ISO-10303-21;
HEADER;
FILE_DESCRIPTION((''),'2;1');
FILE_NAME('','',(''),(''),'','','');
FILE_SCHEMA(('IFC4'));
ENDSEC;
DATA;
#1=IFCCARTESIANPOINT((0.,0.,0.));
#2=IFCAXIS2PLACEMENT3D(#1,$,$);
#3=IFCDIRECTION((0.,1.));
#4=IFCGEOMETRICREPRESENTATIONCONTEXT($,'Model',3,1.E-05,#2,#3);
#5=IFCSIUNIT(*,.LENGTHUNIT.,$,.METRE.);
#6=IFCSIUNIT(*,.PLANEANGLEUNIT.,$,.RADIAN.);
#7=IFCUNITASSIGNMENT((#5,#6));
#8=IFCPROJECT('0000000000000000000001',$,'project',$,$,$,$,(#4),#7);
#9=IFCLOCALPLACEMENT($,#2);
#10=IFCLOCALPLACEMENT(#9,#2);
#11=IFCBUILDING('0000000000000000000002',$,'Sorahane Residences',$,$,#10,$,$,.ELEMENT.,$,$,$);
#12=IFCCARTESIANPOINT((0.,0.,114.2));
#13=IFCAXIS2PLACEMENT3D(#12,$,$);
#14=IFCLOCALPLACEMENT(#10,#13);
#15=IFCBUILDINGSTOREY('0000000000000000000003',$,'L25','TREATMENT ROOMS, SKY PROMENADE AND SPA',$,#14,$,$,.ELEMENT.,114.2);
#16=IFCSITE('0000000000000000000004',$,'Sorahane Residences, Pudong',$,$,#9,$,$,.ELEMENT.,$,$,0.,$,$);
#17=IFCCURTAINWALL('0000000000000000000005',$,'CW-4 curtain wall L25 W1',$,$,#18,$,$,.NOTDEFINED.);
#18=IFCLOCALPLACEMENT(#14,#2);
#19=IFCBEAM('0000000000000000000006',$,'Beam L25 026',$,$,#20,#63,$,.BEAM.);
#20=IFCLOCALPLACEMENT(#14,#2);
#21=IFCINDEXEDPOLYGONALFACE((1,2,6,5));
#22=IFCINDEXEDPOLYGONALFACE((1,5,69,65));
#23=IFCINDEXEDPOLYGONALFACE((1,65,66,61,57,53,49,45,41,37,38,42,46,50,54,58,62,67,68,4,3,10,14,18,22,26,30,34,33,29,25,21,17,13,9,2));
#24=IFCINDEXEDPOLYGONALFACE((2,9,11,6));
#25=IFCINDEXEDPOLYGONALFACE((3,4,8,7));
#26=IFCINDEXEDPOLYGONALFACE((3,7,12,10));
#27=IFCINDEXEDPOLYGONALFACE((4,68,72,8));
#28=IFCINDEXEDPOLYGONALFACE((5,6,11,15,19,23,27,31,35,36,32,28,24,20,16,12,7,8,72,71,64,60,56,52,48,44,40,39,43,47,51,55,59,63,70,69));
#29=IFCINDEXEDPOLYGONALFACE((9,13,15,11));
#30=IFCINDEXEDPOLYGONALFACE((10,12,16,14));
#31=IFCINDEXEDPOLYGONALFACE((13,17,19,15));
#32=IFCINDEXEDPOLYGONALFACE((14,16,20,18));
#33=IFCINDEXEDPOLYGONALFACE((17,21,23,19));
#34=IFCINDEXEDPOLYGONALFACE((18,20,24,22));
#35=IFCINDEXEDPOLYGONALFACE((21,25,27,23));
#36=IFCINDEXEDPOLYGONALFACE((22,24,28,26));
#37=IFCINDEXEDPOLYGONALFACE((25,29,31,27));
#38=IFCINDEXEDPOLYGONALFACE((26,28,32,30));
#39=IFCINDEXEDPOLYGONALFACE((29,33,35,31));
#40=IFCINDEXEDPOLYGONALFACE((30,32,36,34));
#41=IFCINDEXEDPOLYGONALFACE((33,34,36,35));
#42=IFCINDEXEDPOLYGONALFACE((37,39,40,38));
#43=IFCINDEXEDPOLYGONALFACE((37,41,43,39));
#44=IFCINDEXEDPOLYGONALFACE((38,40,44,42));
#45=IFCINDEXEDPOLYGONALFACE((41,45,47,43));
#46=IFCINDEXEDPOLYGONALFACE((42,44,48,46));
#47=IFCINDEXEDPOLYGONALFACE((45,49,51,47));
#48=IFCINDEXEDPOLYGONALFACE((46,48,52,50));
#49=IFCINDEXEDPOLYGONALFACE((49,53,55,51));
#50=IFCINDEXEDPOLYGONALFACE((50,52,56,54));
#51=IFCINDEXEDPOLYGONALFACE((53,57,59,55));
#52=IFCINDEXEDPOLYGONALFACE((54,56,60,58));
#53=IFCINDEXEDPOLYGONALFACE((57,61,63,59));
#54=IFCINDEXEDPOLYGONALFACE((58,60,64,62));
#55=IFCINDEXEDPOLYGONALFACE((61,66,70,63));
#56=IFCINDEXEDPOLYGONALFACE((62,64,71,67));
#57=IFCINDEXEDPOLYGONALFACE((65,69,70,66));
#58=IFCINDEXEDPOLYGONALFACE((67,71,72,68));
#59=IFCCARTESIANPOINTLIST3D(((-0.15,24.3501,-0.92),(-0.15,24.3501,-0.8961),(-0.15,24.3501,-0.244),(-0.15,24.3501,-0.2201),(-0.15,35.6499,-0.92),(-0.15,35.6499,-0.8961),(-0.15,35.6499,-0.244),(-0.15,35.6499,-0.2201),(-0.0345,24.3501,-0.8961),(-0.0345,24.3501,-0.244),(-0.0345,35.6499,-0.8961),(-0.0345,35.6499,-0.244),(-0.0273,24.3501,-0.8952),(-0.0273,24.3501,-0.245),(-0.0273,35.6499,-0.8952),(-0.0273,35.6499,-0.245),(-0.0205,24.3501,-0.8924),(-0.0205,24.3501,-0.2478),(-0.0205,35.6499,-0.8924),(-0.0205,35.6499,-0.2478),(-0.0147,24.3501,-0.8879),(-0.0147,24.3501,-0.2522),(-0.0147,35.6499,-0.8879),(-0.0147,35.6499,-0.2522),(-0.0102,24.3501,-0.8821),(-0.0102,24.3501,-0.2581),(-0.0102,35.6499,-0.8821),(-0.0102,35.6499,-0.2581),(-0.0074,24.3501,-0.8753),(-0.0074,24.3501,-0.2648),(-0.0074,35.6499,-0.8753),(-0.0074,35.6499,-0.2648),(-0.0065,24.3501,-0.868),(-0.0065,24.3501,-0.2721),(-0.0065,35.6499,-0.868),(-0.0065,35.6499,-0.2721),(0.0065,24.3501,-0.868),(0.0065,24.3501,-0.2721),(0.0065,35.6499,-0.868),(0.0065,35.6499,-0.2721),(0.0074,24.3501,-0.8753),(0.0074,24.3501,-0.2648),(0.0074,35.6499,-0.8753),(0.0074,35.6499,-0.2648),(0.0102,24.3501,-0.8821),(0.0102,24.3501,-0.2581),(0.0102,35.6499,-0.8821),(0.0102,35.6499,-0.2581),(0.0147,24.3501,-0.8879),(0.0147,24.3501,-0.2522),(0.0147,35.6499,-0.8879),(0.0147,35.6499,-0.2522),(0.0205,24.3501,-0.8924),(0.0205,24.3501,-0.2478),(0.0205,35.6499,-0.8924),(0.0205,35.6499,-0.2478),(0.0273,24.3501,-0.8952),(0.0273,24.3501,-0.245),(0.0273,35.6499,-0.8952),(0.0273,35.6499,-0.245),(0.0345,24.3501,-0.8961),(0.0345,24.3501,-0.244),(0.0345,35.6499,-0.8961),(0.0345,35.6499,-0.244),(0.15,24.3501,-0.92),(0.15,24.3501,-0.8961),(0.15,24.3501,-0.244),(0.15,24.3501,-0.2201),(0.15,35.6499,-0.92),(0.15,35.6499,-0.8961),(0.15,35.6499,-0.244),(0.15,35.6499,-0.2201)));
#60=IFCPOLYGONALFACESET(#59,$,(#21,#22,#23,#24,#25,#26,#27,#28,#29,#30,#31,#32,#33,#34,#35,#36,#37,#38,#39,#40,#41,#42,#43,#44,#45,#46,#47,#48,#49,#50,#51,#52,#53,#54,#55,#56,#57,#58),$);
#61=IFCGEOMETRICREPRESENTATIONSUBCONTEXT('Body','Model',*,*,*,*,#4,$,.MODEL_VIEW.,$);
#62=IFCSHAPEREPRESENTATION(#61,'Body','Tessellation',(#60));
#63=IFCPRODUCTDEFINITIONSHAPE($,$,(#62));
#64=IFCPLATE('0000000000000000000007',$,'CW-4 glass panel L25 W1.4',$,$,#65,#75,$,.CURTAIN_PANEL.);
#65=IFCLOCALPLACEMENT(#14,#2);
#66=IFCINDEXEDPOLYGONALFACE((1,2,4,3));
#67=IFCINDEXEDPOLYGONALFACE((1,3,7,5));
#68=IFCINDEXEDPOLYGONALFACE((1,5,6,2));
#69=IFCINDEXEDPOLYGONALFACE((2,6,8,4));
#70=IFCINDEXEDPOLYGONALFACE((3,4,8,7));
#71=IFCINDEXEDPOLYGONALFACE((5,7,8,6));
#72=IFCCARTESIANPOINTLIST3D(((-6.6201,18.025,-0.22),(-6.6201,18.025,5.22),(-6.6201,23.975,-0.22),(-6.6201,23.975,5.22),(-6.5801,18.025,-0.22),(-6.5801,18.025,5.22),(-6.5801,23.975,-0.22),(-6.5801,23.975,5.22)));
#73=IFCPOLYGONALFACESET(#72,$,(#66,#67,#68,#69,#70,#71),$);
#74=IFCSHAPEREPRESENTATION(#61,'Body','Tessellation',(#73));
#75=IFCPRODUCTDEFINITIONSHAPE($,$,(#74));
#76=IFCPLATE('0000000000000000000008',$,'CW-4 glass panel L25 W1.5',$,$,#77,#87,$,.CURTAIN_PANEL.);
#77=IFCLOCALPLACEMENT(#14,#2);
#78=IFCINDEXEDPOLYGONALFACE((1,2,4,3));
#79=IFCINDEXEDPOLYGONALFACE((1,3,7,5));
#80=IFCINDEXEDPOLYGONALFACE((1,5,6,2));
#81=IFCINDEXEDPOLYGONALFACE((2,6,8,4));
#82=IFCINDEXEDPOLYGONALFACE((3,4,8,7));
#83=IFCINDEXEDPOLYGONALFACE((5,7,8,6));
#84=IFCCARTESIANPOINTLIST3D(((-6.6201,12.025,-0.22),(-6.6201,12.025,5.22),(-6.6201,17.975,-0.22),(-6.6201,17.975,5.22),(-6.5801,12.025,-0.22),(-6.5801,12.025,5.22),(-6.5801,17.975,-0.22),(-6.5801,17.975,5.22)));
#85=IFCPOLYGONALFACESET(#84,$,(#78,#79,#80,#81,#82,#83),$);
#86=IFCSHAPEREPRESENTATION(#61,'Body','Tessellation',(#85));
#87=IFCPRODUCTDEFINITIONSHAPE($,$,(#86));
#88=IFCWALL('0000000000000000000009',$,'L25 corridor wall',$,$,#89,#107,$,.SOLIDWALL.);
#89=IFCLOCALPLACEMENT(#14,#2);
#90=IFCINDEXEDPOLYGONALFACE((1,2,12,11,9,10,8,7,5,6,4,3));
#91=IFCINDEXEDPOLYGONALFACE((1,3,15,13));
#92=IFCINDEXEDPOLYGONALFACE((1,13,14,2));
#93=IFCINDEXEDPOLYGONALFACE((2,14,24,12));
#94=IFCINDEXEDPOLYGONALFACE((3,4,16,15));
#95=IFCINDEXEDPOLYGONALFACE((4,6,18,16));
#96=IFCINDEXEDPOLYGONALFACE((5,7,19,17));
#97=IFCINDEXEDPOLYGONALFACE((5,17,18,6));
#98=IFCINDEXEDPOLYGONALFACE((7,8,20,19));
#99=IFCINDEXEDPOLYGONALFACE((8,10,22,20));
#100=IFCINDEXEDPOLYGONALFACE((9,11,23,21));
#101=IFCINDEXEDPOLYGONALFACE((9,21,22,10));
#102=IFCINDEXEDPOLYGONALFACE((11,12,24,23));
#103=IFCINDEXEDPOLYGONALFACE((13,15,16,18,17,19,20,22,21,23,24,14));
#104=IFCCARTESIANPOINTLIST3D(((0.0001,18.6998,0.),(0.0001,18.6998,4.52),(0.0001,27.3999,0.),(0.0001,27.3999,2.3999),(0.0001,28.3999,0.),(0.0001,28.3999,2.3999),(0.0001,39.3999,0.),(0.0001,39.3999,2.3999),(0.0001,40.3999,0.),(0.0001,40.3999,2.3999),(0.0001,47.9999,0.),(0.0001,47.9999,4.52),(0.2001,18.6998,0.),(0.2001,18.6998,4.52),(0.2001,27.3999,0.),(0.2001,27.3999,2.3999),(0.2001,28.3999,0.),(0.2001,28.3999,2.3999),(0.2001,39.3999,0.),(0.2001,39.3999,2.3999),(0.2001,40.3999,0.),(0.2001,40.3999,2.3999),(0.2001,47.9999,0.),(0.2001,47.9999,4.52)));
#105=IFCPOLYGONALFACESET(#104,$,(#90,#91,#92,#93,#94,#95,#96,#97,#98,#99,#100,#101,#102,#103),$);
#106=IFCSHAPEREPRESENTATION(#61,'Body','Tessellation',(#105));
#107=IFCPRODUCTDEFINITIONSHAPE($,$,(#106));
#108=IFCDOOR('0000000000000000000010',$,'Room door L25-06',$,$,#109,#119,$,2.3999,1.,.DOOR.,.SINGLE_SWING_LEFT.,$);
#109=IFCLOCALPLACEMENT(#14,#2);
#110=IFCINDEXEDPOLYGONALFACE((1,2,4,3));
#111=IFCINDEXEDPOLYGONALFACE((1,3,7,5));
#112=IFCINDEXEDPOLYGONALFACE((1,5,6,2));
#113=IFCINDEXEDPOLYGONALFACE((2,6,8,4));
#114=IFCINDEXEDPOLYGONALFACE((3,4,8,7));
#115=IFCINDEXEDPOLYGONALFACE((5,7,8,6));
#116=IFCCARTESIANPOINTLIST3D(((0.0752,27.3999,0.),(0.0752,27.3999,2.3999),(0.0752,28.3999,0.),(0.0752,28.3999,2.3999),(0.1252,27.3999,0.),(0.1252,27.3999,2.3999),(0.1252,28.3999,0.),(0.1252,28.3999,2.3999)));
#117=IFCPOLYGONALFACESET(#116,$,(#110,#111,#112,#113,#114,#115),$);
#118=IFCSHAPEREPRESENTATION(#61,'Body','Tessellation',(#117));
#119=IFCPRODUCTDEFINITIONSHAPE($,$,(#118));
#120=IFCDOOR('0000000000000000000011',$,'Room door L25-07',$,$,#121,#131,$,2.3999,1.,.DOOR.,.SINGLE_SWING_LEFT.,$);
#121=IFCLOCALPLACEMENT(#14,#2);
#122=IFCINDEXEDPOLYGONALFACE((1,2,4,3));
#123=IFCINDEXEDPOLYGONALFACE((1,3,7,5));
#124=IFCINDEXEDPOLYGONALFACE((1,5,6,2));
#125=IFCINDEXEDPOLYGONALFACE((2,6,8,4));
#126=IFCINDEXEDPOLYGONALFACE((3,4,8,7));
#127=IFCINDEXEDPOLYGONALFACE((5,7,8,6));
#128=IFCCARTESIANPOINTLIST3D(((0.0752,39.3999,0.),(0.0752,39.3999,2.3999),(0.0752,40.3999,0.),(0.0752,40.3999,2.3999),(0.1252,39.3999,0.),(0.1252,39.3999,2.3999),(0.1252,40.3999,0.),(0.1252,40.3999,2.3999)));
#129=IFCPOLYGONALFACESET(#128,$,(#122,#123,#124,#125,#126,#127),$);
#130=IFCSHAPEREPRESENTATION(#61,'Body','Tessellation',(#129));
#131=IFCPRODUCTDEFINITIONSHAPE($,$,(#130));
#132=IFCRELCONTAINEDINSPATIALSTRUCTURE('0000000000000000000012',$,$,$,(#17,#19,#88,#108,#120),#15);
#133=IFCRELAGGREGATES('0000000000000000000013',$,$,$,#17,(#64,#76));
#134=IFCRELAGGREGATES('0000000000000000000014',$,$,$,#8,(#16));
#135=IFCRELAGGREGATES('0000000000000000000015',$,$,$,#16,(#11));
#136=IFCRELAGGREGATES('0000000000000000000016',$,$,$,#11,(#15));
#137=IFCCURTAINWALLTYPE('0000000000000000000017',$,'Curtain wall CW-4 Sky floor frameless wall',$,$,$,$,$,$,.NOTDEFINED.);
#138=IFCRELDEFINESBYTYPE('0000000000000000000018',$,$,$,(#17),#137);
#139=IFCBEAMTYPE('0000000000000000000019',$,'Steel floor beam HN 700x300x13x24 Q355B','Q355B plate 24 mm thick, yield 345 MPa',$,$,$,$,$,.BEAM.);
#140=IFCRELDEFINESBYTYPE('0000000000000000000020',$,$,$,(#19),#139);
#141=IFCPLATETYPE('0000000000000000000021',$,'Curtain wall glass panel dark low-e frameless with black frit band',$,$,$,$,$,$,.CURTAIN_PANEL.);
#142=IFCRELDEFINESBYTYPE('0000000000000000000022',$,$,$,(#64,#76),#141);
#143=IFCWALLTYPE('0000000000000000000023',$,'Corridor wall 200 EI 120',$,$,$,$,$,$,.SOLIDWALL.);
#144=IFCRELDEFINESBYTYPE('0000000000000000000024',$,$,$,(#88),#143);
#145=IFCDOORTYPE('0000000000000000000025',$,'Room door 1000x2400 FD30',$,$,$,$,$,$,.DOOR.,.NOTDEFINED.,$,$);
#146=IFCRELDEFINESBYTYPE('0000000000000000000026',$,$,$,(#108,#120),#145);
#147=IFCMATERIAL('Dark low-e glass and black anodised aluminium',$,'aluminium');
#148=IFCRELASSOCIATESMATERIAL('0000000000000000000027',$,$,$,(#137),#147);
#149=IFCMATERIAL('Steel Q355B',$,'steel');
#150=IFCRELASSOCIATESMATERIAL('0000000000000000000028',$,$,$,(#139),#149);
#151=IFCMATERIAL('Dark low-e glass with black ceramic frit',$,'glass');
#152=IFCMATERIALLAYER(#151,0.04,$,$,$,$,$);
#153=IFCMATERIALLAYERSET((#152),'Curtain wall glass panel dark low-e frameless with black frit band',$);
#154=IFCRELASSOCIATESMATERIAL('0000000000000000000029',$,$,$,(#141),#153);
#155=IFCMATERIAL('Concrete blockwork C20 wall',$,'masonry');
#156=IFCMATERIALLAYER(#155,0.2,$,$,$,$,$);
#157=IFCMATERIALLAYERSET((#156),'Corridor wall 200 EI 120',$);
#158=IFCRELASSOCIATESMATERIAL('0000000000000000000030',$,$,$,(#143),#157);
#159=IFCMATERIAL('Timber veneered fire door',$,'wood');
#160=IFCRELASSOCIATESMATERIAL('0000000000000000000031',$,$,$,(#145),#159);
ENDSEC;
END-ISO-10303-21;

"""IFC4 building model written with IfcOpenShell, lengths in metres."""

from ifc_helpers import new_model, si_unit, direction, frame, frame_2d, origin, origin_2d, place, context, subcontext, project, spatial, rectangle, i_section, extrude, material, layer, layer_set, material_profile, profile_set, type_object, element, fill, aggregate, save


model = new_model("IFC4")

# Units and contexts
model_context = context("Model", 3, precision=1e-05, world=origin(), true_north=direction((0.0, 1.0)))
body_context = subcontext(model_context, "Body", "Model", "MODEL_VIEW")
ifc_project = project(units=[si_unit("LENGTHUNIT", "METRE"), si_unit("PLANEANGLEUNIT", "RADIAN")], contexts=[model_context])

# Site, building, storey
site_placement = place(None, origin())
site = spatial("IfcSite", under=ifc_project, at=site_placement, Name="Sorahane Residences, Pudong", CompositionType="ELEMENT", RefElevation=0.0)
building_placement = place(site_placement, origin())
building = spatial("IfcBuilding", under=site, at=building_placement, Name="Sorahane Residences", CompositionType="ELEMENT")
storey_placement = place(building_placement, frame((0.0, 0.0, 114.2)))
storey = spatial("IfcBuildingStorey", under=building, at=storey_placement, Name="L25", Description="TREATMENT ROOMS, SKY PROMENADE AND SPA", CompositionType="ELEMENT", Elevation=114.2)

# Curtain wall
ifc_material_1 = material(Name="Dark low-e glass and black anodised aluminium", Category="aluminium")
curtain_wall_type = type_object("IfcCurtainWallType", Name="Curtain wall CW-4 Sky floor frameless wall", PredefinedType="NOTDEFINED", material=ifc_material_1)
curtain_wall_placement = place(storey_placement, origin())
curtain_wall = element("IfcCurtainWall", 1, at=curtain_wall_placement, inside=storey, type_object=curtain_wall_type, Name="CW-4 curtain wall L25 W1", PredefinedType="NOTDEFINED")

# Beam
ifc_material_2 = material(Name="Steel Q355B", Category="steel")
ifc_material_profile_1 = material_profile(ifc_material_2, i_section(OverallWidth=0.3, OverallDepth=0.7, WebThickness=0.0129, FlangeThickness=0.0239, FilletRadius=0.0281, at=origin_2d()), Name="HN 700x300x13x24")
ifc_profile_set_1 = profile_set([ifc_material_profile_1], Name="Steel Q355B")
beam_type_1 = type_object("IfcBeamType", Name="Steel floor beam HN 700x300x13x24 Q355B", Description="Q355B plate 24 mm thick, yield 345 MPa", PredefinedType="BEAM", material=ifc_profile_set_1)
for number, where, z_axis, x_axis, name in (
    (2, (0.0, 24.3501, -0.5701), (0.0, 1.0, 0.0), (-1.0, 0.0, 0.0), "Beam L25 026"),
):
    element("IfcBeam", number, at=place(storey_placement, frame(where, z_axis=z_axis, x_axis=x_axis)), inside=storey, type_object=beam_type_1, Name=name, PredefinedType="BEAM", context=body_context, shape_type="SweptSolid", body=[
        extrude(i_section(OverallWidth=0.3, OverallDepth=0.7, WebThickness=0.0129, FlangeThickness=0.0239, FilletRadius=0.0281, at=origin_2d()), origin(), (0.0, 0.0, 1.0), 11.2998),
    ])

# Plates
ifc_material_3 = material(Name="Dark low-e glass with black ceramic frit", Category="glass")
ifc_layer_1 = layer(ifc_material_3, 0.04)
ifc_layer_set_1 = layer_set([ifc_layer_1], Name="Curtain wall glass panel dark low-e frameless with black frit band")
plate_type = type_object("IfcPlateType", Name="Curtain wall glass panel dark low-e frameless with black frit band", PredefinedType="CURTAIN_PANEL", material=ifc_layer_set_1)
plate_1_placement = place(storey_placement, frame((-6.6001, 21.0, -0.22), z_axis=(0.0, 0.0, 1.0), x_axis=(0.0, -1.0, 0.0)))
plate_1 = element("IfcPlate", 3, at=plate_1_placement, type_object=plate_type, Name="CW-4 glass panel L25 W1.4", PredefinedType="CURTAIN_PANEL", context=body_context, shape_type="SweptSolid", body=[
    extrude(rectangle(XDim=5.95, YDim=0.04, at=origin_2d()), origin(), (0.0, 0.0, 1.0), 5.4399),
])
plate_2_placement = place(storey_placement, frame((-6.6001, 15.0, -0.22), z_axis=(0.0, 0.0, 1.0), x_axis=(0.0, -1.0, 0.0)))
plate_2 = element("IfcPlate", 4, at=plate_2_placement, type_object=plate_type, Name="CW-4 glass panel L25 W1.5", PredefinedType="CURTAIN_PANEL", context=body_context, shape_type="SweptSolid", body=[
    extrude(rectangle(XDim=5.95, YDim=0.04, at=origin_2d()), origin(), (0.0, 0.0, 1.0), 5.4399),
])
aggregate(curtain_wall, [plate_1, plate_2])

# Wall, openings, doors
ifc_material_4 = material(Name="Concrete blockwork C20 wall", Category="masonry")
ifc_layer_2 = layer(ifc_material_4, 0.2)
ifc_layer_set_2 = layer_set([ifc_layer_2], Name="Corridor wall 200 EI 120")
wall_type = type_object("IfcWallType", Name="Corridor wall 200 EI 120", PredefinedType="SOLIDWALL", material=ifc_layer_set_2)
wall_1_placement = place(storey_placement, frame((0.1001, 18.7, 0.0), z_axis=(0.0, 0.0, 1.0), x_axis=(0.0, 1.0, 0.0)))
wall_1 = element("IfcWall", 5, at=wall_1_placement, inside=storey, type_object=wall_type, Name="L25 corridor wall", PredefinedType="SOLIDWALL", context=body_context, shape_type="SweptSolid", body=[
    extrude(rectangle(XDim=29.3, YDim=0.2, at=frame_2d((14.6499, 0.0))), origin(), (0.0, 0.0, 1.0), 4.52),
])
opening_1_placement = place(wall_1_placement, frame((8.7, 0.0, 0.0)))
opening_1 = element("IfcOpeningElement", 6, at=opening_1_placement, cuts=wall_1, PredefinedType="OPENING", context=body_context, shape_type="SweptSolid", body=[
    extrude(rectangle(XDim=1.0, YDim=2.3999, at=frame_2d((0.5, 1.2))), frame((0.0, 0.1099, 0.0), z_axis=(0.0, -1.0, 0.0), x_axis=(1.0, 0.0, 0.0)), (0.0, 0.0, 1.0), 0.22),
])
opening_2_placement = place(wall_1_placement, frame((20.7, 0.0, 0.0)))
opening_2 = element("IfcOpeningElement", 7, at=opening_2_placement, cuts=wall_1, PredefinedType="OPENING", context=body_context, shape_type="SweptSolid", body=[
    extrude(rectangle(XDim=1.0, YDim=2.3999, at=frame_2d((0.5, 1.2))), frame((0.0, 0.1099, 0.0), z_axis=(0.0, -1.0, 0.0), x_axis=(1.0, 0.0, 0.0)), (0.0, 0.0, 1.0), 0.22),
])
ifc_material_5 = material(Name="Timber veneered fire door", Category="wood")
door_type_1 = type_object("IfcDoorType", Name="Room door 1000x2400 FD30", OperationType="NOTDEFINED", PredefinedType="DOOR", material=ifc_material_5)
door_1_placement = place(opening_1_placement, origin())
door_1 = element("IfcDoor", 8, at=door_1_placement, inside=storey, type_object=door_type_1, Name="Room door L25-06", OperationType="SINGLE_SWING_LEFT", OverallHeight=2.3999, OverallWidth=1.0, PredefinedType="DOOR", context=body_context, shape_type="SweptSolid", body=[
    extrude(rectangle(XDim=1.0, YDim=2.3999, at=frame_2d((0.5, 1.2))), frame((0.0, 0.0249, 0.0), z_axis=(0.0, -1.0, 0.0), x_axis=(1.0, 0.0, 0.0)), (0.0, 0.0, 1.0), 0.05),
])
fill(opening_1, door_1)
door_2_placement = place(opening_2_placement, origin())
door_2 = element("IfcDoor", 9, at=door_2_placement, inside=storey, type_object=door_type_1, Name="Room door L25-07", OperationType="SINGLE_SWING_LEFT", OverallHeight=2.3999, OverallWidth=1.0, PredefinedType="DOOR", context=body_context, shape_type="SweptSolid", body=[
    extrude(rectangle(XDim=1.0, YDim=2.3999, at=frame_2d((0.5, 1.2))), frame((0.0, 0.0249, 0.0), z_axis=(0.0, -1.0, 0.0), x_axis=(1.0, 0.0, 0.0)), (0.0, 0.0, 1.0), 0.05),
])
fill(opening_2, door_2)

save(model, "model.ifc")
